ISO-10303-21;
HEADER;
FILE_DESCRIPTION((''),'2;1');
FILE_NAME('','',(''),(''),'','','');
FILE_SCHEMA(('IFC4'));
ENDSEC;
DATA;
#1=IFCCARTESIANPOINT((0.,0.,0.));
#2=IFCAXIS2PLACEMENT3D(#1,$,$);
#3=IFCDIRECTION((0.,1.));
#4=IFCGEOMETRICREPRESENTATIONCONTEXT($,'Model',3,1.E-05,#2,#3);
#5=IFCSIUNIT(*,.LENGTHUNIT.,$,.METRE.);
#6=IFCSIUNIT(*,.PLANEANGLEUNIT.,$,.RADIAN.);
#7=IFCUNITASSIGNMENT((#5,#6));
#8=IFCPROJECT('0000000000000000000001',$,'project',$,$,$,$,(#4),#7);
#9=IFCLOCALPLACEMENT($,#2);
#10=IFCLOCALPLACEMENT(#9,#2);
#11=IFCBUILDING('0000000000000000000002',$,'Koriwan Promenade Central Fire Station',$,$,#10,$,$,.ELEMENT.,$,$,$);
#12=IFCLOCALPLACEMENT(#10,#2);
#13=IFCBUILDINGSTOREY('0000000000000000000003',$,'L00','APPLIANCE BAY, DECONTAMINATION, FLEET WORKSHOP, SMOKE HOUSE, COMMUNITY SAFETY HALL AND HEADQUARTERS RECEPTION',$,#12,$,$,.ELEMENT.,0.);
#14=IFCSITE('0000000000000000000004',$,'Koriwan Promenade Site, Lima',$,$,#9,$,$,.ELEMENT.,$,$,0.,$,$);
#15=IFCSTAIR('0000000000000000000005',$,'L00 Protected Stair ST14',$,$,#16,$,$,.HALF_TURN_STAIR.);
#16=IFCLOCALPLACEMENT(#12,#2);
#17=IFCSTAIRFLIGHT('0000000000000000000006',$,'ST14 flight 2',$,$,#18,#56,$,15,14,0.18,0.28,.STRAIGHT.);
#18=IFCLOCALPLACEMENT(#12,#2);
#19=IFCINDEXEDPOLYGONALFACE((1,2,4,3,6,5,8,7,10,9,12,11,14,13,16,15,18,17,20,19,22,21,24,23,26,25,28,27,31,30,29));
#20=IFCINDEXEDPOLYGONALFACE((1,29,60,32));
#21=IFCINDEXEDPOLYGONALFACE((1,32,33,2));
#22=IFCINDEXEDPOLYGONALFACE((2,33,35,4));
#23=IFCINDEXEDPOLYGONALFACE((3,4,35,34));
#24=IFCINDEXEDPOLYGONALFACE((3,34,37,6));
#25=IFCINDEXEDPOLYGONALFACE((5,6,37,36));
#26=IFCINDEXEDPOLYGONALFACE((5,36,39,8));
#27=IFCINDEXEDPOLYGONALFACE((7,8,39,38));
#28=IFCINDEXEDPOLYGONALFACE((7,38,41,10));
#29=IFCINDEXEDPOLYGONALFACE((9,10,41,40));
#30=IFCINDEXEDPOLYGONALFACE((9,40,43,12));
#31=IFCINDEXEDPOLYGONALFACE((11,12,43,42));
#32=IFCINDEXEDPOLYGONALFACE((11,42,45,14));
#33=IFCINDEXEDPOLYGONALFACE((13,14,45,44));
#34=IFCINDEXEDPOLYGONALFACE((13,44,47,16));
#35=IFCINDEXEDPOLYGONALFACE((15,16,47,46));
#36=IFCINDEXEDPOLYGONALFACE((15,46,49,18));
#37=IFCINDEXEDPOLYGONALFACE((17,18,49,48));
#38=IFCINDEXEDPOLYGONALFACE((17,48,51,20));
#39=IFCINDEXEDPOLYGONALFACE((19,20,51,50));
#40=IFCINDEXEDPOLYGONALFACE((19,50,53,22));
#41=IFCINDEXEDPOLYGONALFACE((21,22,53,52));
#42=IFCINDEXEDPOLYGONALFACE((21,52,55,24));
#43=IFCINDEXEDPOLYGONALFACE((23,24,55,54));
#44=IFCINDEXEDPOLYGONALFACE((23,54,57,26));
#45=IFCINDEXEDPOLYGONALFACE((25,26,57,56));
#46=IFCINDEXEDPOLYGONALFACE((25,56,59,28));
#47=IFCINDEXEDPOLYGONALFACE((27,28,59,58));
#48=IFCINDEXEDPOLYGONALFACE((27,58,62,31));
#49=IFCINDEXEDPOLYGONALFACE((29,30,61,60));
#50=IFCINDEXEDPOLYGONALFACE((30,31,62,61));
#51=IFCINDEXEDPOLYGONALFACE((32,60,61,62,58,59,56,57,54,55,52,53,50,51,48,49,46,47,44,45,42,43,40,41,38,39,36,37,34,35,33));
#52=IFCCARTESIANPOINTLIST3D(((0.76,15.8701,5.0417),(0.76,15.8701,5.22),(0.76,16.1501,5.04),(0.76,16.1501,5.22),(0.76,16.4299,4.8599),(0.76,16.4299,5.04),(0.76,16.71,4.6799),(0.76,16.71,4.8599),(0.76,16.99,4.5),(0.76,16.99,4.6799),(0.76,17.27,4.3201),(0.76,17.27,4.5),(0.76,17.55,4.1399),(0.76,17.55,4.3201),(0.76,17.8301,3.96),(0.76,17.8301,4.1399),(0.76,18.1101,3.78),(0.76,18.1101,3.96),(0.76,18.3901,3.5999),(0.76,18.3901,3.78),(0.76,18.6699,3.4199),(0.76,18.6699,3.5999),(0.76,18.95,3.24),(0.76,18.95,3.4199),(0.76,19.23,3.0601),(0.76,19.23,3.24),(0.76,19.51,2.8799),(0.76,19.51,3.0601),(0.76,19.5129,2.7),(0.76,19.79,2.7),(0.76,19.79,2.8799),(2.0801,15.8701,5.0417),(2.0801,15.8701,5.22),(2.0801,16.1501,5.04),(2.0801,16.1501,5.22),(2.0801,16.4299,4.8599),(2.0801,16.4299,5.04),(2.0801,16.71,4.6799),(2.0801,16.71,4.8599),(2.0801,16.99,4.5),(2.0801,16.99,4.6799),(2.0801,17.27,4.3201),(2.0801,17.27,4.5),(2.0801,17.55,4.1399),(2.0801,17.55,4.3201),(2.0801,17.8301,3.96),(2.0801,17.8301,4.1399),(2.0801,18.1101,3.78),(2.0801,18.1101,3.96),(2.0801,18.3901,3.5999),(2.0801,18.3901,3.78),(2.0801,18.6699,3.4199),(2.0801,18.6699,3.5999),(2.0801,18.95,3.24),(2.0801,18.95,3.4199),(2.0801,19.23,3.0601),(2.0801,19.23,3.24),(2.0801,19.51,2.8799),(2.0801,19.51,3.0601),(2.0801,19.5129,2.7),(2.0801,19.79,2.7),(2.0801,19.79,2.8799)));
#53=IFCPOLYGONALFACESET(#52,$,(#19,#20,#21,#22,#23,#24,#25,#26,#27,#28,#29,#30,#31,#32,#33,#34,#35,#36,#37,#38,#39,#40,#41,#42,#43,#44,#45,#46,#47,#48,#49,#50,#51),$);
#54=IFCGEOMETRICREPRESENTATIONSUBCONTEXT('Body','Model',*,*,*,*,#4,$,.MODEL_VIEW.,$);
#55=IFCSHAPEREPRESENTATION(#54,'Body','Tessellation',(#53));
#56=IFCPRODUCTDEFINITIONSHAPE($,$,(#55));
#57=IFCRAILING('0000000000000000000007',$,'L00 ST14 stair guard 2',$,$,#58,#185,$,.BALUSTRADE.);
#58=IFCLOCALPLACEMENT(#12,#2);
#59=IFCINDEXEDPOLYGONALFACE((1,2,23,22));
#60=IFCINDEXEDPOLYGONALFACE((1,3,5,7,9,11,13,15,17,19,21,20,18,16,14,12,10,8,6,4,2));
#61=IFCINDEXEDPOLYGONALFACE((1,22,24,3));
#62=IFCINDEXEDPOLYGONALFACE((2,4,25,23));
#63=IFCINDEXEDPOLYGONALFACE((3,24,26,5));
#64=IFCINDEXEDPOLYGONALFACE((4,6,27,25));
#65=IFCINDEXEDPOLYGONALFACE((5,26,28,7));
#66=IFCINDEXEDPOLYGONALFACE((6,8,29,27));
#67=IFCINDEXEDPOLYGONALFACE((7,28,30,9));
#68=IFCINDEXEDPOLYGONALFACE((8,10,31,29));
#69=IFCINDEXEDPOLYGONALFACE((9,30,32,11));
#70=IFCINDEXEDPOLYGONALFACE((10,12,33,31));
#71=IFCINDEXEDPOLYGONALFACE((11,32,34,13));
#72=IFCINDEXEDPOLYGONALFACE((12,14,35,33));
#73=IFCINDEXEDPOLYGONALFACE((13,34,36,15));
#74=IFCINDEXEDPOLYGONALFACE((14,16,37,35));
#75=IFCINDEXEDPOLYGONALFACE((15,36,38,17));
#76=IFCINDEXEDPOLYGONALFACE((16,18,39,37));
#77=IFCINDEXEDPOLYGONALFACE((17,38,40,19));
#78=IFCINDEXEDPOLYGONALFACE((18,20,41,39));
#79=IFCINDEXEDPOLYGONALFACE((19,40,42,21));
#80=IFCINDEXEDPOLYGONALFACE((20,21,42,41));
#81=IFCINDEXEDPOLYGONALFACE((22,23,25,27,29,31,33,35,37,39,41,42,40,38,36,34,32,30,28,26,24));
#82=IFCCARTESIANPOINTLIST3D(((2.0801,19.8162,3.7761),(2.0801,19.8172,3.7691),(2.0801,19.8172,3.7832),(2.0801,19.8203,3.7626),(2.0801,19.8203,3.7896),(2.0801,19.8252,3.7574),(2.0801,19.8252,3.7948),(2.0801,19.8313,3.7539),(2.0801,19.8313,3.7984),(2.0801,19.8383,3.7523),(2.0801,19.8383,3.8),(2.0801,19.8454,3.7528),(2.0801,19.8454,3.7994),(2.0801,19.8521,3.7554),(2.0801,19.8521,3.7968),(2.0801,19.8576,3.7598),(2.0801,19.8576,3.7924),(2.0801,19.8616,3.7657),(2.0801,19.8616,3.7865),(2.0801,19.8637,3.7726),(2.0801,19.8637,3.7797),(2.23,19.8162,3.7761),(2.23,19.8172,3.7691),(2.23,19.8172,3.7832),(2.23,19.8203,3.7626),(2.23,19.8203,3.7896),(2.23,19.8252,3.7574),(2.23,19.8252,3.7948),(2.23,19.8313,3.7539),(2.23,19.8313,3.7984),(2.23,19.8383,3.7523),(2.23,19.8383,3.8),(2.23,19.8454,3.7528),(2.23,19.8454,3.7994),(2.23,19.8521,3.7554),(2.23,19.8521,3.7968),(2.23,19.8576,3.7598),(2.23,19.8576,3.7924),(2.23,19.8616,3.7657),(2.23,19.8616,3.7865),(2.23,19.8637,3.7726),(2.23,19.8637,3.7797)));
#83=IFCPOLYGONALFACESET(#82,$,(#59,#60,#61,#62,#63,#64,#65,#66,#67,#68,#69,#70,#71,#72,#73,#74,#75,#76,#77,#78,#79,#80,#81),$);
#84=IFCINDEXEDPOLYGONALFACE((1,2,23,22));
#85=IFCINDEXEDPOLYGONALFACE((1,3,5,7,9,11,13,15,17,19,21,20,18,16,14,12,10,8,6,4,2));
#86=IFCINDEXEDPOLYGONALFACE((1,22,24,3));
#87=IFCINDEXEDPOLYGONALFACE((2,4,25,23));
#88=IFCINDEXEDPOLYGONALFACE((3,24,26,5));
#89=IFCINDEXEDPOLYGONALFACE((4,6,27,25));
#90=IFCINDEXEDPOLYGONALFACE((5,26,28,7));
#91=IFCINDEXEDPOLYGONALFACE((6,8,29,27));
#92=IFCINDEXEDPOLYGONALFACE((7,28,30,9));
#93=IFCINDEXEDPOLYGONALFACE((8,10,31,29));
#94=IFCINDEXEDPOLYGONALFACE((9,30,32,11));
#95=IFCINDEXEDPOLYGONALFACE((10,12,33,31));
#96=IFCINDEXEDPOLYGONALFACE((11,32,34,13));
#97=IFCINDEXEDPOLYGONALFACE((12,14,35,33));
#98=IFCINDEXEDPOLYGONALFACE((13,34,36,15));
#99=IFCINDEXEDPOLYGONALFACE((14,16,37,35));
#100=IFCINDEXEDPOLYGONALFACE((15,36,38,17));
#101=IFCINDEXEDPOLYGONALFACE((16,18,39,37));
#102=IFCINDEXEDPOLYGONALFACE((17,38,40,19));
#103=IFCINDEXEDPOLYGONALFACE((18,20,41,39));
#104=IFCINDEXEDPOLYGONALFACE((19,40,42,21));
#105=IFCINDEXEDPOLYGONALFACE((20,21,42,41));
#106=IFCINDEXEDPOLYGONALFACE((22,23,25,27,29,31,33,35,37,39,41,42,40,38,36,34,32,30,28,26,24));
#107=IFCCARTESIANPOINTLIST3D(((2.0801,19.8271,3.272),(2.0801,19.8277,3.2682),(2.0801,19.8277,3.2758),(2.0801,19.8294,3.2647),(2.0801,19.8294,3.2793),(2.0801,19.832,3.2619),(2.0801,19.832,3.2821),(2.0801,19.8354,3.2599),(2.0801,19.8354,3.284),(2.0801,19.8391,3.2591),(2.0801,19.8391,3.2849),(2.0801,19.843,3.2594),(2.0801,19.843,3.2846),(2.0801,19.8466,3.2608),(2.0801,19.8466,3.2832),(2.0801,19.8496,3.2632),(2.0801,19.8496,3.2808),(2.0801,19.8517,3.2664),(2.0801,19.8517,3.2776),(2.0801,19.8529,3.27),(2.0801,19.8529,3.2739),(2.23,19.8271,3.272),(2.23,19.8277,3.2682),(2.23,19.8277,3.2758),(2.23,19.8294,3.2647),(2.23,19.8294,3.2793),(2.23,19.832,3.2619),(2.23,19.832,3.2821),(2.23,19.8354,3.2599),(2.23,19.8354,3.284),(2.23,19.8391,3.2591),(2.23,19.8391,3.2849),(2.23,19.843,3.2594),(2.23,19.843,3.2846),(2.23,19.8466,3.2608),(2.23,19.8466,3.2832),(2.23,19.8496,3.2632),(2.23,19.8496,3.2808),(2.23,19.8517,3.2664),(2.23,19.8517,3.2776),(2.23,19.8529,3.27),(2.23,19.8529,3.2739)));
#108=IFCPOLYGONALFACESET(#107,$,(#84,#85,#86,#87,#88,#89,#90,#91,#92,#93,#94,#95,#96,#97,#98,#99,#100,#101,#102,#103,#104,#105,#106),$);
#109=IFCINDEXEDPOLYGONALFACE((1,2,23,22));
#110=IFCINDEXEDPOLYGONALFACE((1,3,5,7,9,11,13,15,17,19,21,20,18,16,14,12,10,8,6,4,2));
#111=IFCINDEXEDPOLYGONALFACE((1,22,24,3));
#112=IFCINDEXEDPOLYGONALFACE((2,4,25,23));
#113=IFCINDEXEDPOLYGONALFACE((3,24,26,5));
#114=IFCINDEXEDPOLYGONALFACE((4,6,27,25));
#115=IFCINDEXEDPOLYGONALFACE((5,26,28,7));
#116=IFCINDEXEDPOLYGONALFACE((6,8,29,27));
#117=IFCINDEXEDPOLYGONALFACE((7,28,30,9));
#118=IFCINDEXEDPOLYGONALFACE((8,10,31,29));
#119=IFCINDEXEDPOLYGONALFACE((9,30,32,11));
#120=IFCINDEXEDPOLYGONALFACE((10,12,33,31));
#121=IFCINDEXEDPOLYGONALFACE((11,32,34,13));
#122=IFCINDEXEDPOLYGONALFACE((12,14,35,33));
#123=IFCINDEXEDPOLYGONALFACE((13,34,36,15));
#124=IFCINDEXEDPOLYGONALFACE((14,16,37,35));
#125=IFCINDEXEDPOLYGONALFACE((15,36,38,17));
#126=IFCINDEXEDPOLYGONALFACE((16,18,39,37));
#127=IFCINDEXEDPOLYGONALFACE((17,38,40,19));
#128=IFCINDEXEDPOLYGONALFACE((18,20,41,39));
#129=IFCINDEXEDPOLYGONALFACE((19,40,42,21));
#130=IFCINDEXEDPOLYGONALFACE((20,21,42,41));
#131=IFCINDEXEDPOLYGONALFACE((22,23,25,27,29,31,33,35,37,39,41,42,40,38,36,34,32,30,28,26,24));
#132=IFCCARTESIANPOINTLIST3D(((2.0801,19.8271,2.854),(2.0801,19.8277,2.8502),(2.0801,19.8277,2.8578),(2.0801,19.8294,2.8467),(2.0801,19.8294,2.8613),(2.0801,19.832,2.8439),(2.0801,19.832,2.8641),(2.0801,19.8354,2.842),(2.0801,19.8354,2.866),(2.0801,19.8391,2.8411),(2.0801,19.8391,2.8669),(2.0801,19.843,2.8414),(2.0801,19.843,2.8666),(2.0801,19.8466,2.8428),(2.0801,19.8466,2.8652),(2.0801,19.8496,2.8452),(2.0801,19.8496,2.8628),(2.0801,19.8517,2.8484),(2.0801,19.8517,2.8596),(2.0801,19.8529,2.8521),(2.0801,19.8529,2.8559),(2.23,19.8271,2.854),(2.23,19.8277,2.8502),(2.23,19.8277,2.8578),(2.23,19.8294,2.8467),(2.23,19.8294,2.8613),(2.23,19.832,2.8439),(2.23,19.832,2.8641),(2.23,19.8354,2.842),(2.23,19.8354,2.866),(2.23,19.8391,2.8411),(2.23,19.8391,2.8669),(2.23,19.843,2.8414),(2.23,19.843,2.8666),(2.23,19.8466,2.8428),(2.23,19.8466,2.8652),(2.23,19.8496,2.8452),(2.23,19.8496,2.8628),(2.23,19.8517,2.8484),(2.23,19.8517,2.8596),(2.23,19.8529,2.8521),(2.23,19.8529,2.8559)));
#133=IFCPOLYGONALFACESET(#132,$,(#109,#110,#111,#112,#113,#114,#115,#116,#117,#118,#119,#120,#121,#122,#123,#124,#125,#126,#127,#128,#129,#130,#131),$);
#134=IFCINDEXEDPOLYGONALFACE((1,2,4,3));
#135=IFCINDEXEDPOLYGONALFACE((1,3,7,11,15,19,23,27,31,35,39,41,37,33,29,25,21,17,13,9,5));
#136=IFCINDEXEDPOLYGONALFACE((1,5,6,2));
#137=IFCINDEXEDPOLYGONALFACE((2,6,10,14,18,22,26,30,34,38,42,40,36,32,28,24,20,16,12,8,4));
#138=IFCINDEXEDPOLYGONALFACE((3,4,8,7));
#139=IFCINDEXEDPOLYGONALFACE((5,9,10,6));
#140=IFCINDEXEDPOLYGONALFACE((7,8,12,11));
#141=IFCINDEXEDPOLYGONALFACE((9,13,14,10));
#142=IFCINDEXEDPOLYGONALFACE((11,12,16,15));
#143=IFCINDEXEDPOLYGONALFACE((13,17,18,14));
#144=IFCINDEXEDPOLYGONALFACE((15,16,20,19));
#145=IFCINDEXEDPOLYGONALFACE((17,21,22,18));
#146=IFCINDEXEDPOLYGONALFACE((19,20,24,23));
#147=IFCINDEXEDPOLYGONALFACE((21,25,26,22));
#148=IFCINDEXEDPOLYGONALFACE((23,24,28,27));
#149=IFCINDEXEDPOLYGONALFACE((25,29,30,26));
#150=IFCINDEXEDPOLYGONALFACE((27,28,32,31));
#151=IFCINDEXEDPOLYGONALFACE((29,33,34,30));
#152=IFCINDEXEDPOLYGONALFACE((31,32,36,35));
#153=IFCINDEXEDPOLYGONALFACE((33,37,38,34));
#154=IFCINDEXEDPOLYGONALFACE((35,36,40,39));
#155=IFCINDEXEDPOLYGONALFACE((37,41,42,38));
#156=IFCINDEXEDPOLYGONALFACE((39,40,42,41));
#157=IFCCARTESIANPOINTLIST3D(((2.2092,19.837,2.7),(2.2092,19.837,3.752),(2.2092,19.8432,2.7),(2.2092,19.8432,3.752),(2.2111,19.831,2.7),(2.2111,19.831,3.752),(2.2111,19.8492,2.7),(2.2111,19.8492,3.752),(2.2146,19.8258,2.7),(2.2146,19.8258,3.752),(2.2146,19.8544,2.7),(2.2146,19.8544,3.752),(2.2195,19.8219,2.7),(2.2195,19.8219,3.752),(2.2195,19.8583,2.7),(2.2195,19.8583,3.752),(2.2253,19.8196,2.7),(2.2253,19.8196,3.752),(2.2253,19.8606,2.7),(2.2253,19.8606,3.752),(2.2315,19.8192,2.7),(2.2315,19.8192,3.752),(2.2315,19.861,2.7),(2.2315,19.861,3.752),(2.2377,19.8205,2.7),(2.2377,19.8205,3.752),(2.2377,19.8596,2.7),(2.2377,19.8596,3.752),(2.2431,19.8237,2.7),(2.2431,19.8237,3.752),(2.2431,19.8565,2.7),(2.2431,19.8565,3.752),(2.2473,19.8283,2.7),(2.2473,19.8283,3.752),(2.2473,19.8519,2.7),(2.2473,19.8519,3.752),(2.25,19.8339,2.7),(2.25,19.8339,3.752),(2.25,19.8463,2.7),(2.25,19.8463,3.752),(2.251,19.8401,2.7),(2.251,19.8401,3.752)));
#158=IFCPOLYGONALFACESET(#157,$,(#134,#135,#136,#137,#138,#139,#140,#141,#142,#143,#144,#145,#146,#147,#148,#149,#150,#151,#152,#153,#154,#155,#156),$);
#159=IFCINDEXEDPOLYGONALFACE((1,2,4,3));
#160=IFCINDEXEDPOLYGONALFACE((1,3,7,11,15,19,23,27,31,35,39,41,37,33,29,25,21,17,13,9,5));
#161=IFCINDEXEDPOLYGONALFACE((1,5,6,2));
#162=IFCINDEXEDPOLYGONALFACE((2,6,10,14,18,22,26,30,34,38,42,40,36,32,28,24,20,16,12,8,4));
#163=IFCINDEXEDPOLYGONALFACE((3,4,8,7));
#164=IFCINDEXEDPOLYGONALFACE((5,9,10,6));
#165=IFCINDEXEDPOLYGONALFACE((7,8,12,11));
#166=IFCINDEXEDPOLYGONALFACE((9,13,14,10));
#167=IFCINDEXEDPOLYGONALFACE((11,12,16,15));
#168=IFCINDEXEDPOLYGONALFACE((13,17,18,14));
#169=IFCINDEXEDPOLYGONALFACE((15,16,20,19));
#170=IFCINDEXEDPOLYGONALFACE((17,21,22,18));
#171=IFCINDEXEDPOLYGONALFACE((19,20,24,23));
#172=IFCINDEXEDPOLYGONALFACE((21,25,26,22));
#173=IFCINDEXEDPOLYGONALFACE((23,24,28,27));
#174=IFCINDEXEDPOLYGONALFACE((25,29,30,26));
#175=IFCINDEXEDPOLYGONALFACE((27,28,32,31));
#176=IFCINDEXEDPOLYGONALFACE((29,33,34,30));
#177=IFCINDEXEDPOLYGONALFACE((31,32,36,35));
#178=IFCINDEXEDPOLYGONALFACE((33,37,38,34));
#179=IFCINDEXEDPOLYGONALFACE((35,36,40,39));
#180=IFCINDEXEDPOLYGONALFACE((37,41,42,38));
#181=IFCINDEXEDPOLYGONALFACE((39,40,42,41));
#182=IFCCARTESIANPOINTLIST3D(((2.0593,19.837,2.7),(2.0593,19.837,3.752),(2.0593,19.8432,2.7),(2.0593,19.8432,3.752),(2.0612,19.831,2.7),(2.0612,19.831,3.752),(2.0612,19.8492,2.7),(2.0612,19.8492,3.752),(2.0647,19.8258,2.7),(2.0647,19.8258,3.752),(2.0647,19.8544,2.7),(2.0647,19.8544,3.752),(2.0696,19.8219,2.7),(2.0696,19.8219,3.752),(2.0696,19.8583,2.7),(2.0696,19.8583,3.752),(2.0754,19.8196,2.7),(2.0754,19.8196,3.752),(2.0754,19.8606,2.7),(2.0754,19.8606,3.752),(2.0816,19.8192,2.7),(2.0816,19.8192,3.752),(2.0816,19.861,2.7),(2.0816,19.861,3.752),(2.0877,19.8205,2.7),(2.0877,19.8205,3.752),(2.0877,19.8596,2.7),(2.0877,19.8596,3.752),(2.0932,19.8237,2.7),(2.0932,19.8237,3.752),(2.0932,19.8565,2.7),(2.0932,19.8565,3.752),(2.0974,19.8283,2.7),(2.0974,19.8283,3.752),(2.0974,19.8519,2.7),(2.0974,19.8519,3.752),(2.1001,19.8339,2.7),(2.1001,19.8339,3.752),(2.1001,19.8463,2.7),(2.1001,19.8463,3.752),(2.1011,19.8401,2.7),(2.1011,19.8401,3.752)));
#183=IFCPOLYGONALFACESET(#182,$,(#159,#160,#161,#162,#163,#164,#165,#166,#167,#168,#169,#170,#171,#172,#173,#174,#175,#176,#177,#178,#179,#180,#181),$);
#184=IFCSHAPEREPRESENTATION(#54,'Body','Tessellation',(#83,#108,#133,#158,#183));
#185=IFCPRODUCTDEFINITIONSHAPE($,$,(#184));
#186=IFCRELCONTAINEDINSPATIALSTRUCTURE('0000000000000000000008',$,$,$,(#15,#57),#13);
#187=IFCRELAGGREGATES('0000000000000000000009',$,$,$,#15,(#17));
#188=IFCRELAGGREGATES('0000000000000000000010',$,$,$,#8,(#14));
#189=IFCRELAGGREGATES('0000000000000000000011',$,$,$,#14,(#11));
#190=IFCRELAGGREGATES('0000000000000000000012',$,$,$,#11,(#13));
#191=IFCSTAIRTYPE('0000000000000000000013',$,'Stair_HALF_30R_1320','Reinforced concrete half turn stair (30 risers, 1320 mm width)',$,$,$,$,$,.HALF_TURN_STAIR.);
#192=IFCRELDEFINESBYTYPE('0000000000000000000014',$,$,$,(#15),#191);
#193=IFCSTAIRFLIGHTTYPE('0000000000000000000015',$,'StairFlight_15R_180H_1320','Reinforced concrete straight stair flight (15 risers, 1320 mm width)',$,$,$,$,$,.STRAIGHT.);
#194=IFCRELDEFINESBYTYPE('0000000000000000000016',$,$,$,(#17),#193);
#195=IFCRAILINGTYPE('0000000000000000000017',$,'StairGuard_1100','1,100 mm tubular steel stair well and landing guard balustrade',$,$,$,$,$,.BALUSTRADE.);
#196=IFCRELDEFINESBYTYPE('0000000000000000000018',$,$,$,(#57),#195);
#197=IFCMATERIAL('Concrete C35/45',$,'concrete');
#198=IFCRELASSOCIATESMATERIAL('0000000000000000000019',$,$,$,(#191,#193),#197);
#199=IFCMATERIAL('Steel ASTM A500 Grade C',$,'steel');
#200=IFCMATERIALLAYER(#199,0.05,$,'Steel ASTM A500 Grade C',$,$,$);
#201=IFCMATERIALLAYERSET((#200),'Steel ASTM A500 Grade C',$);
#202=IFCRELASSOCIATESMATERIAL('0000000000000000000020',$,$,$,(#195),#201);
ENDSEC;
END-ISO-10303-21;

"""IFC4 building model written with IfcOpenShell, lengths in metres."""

from ifc_helpers import new_model, si_unit, direction, frame, origin, origin_2d, place, context, subcontext, project, spatial, polyline, circle, outline, extrude, material, layer, layer_set, type_object, element, aggregate, save


model = new_model("IFC4")

# Units and contexts
model_context = context("Model", 3, precision=1e-05, world=origin(), true_north=direction((0.0, 1.0)))
body_context = subcontext(model_context, "Body", "Model", "MODEL_VIEW")
ifc_project = project(units=[si_unit("LENGTHUNIT", "METRE"), si_unit("PLANEANGLEUNIT", "RADIAN")], contexts=[model_context])

# Site, building, storey
site_placement = place(None, origin())
site = spatial("IfcSite", under=ifc_project, at=site_placement, Name="Koriwan Promenade Site, Lima", CompositionType="ELEMENT", RefElevation=0.0)
building_placement = place(site_placement, origin())
building = spatial("IfcBuilding", under=site, at=building_placement, Name="Koriwan Promenade Central Fire Station", CompositionType="ELEMENT")
storey_placement = place(building_placement, origin())
storey = spatial("IfcBuildingStorey", under=building, at=storey_placement, Name="L00", Description="APPLIANCE BAY, DECONTAMINATION, FLEET WORKSHOP, SMOKE HOUSE, COMMUNITY SAFETY HALL AND HEADQUARTERS RECEPTION", CompositionType="ELEMENT", Elevation=0.0)

# Shared definitions
ifc_material_1 = material(Name="Concrete C35/45", Category="concrete")

# Stair, stair flight
stair_type = type_object("IfcStairType", Name="Stair_HALF_30R_1320", Description="Reinforced concrete half turn stair (30 risers, 1320 mm width)", PredefinedType="HALF_TURN_STAIR", material=ifc_material_1)
stair_placement = place(storey_placement, origin())
stair = element("IfcStair", 1, at=stair_placement, inside=storey, type_object=stair_type, Name="L00 Protected Stair ST14", PredefinedType="HALF_TURN_STAIR")
stair_flight_type = type_object("IfcStairFlightType", Name="StairFlight_15R_180H_1320", Description="Reinforced concrete straight stair flight (15 risers, 1320 mm width)", PredefinedType="STRAIGHT", material=ifc_material_1)
stair_flight_placement = place(storey_placement, frame((1.4199, 19.79, 2.7), z_axis=(0.0, 0.0, 1.0), x_axis=(0.0, -1.0, 0.0)))
stair_flight = element("IfcStairFlight", 2, at=stair_flight_placement, type_object=stair_flight_type, Name="ST14 flight 2", NumberOfRisers=15, NumberOfTreads=14, PredefinedType="STRAIGHT", RiserHeight=0.18, TreadLength=0.28, context=body_context, shape_type="SweptSolid", body=[
    extrude(outline(polyline([(0.0, 0.0), (0.0, 0.1799), (0.28, 0.1799), (0.28, 0.3601), (0.5601, 0.3601), (0.5601, 0.54), (0.8401, 0.54), (0.8401, 0.72), (1.1201, 0.72), (1.1201, 0.8999), (1.3999, 0.8999), (1.3999, 1.0801), (1.6799, 1.0801), (1.6799, 1.26), (1.96, 1.26), (1.96, 1.4399), (2.24, 1.4399), (2.24, 1.6201), (2.52, 1.6201), (2.52, 1.8), (2.8, 1.8), (2.8, 1.98), (3.0801, 1.98), (3.0801, 2.1599), (3.3601, 2.1599), (3.3601, 2.3401), (3.6399, 2.3401), (3.6399, 2.52), (3.9199, 2.52), (3.9199, 2.7), (3.9199, 2.3418), (0.2771, 0.0), (0.0, 0.0)])), frame((0.0, 0.6602, 0.0), z_axis=(0.0, -1.0, 0.0), x_axis=(1.0, 0.0, 0.0)), (0.0, 0.0, 1.0), 1.3201),
])
aggregate(stair, [stair_flight])

# Railing
ifc_material_2 = material(Name="Steel ASTM A500 Grade C", Category="steel")
ifc_layer_1 = layer(ifc_material_2, 0.05, Name="Steel ASTM A500 Grade C")
ifc_layer_set_1 = layer_set([ifc_layer_1], Name="Steel ASTM A500 Grade C")
railing_type_1 = type_object("IfcRailingType", Name="StairGuard_1100", Description="1,100 mm tubular steel stair well and landing guard balustrade", PredefinedType="BALUSTRADE", material=ifc_layer_set_1)
railing_1_placement = place(storey_placement, frame((2.23, 19.8401, 2.7)))
element("IfcRailing", 3, at=railing_1_placement, inside=storey, type_object=railing_type_1, Name="L00 ST14 stair guard 2", PredefinedType="BALUSTRADE", context=body_context, shape_type="SweptSolid", body=[
    extrude(circle(Radius=0.0239, at=origin_2d()), frame((0.0, 0.0, 1.0762), z_axis=(-1.0, 0.0, 0.0), x_axis=(0.0, -1.0, 0.0)), (0.0, 0.0, 1.0), 0.1499),
    extrude(circle(Radius=0.0129, at=origin_2d()), frame((0.0, 0.0, 0.572), z_axis=(-1.0, 0.0, 0.0), x_axis=(0.0, -1.0, 0.0)), (0.0, 0.0, 1.0), 0.1499),
    extrude(circle(Radius=0.0129, at=origin_2d()), frame((0.0, 0.0, 0.1541), z_axis=(-1.0, 0.0, 0.0), x_axis=(0.0, -1.0, 0.0)), (0.0, 0.0, 1.0), 0.1499),
    extrude(circle(Radius=0.021, at=origin_2d()), origin(), (0.0, 0.0, 1.0), 1.052),
    extrude(circle(Radius=0.021, at=origin_2d()), frame((-0.1499, 0.0, 0.0)), (0.0, 0.0, 1.0), 1.052),
])

save(model, "model.ifc")
